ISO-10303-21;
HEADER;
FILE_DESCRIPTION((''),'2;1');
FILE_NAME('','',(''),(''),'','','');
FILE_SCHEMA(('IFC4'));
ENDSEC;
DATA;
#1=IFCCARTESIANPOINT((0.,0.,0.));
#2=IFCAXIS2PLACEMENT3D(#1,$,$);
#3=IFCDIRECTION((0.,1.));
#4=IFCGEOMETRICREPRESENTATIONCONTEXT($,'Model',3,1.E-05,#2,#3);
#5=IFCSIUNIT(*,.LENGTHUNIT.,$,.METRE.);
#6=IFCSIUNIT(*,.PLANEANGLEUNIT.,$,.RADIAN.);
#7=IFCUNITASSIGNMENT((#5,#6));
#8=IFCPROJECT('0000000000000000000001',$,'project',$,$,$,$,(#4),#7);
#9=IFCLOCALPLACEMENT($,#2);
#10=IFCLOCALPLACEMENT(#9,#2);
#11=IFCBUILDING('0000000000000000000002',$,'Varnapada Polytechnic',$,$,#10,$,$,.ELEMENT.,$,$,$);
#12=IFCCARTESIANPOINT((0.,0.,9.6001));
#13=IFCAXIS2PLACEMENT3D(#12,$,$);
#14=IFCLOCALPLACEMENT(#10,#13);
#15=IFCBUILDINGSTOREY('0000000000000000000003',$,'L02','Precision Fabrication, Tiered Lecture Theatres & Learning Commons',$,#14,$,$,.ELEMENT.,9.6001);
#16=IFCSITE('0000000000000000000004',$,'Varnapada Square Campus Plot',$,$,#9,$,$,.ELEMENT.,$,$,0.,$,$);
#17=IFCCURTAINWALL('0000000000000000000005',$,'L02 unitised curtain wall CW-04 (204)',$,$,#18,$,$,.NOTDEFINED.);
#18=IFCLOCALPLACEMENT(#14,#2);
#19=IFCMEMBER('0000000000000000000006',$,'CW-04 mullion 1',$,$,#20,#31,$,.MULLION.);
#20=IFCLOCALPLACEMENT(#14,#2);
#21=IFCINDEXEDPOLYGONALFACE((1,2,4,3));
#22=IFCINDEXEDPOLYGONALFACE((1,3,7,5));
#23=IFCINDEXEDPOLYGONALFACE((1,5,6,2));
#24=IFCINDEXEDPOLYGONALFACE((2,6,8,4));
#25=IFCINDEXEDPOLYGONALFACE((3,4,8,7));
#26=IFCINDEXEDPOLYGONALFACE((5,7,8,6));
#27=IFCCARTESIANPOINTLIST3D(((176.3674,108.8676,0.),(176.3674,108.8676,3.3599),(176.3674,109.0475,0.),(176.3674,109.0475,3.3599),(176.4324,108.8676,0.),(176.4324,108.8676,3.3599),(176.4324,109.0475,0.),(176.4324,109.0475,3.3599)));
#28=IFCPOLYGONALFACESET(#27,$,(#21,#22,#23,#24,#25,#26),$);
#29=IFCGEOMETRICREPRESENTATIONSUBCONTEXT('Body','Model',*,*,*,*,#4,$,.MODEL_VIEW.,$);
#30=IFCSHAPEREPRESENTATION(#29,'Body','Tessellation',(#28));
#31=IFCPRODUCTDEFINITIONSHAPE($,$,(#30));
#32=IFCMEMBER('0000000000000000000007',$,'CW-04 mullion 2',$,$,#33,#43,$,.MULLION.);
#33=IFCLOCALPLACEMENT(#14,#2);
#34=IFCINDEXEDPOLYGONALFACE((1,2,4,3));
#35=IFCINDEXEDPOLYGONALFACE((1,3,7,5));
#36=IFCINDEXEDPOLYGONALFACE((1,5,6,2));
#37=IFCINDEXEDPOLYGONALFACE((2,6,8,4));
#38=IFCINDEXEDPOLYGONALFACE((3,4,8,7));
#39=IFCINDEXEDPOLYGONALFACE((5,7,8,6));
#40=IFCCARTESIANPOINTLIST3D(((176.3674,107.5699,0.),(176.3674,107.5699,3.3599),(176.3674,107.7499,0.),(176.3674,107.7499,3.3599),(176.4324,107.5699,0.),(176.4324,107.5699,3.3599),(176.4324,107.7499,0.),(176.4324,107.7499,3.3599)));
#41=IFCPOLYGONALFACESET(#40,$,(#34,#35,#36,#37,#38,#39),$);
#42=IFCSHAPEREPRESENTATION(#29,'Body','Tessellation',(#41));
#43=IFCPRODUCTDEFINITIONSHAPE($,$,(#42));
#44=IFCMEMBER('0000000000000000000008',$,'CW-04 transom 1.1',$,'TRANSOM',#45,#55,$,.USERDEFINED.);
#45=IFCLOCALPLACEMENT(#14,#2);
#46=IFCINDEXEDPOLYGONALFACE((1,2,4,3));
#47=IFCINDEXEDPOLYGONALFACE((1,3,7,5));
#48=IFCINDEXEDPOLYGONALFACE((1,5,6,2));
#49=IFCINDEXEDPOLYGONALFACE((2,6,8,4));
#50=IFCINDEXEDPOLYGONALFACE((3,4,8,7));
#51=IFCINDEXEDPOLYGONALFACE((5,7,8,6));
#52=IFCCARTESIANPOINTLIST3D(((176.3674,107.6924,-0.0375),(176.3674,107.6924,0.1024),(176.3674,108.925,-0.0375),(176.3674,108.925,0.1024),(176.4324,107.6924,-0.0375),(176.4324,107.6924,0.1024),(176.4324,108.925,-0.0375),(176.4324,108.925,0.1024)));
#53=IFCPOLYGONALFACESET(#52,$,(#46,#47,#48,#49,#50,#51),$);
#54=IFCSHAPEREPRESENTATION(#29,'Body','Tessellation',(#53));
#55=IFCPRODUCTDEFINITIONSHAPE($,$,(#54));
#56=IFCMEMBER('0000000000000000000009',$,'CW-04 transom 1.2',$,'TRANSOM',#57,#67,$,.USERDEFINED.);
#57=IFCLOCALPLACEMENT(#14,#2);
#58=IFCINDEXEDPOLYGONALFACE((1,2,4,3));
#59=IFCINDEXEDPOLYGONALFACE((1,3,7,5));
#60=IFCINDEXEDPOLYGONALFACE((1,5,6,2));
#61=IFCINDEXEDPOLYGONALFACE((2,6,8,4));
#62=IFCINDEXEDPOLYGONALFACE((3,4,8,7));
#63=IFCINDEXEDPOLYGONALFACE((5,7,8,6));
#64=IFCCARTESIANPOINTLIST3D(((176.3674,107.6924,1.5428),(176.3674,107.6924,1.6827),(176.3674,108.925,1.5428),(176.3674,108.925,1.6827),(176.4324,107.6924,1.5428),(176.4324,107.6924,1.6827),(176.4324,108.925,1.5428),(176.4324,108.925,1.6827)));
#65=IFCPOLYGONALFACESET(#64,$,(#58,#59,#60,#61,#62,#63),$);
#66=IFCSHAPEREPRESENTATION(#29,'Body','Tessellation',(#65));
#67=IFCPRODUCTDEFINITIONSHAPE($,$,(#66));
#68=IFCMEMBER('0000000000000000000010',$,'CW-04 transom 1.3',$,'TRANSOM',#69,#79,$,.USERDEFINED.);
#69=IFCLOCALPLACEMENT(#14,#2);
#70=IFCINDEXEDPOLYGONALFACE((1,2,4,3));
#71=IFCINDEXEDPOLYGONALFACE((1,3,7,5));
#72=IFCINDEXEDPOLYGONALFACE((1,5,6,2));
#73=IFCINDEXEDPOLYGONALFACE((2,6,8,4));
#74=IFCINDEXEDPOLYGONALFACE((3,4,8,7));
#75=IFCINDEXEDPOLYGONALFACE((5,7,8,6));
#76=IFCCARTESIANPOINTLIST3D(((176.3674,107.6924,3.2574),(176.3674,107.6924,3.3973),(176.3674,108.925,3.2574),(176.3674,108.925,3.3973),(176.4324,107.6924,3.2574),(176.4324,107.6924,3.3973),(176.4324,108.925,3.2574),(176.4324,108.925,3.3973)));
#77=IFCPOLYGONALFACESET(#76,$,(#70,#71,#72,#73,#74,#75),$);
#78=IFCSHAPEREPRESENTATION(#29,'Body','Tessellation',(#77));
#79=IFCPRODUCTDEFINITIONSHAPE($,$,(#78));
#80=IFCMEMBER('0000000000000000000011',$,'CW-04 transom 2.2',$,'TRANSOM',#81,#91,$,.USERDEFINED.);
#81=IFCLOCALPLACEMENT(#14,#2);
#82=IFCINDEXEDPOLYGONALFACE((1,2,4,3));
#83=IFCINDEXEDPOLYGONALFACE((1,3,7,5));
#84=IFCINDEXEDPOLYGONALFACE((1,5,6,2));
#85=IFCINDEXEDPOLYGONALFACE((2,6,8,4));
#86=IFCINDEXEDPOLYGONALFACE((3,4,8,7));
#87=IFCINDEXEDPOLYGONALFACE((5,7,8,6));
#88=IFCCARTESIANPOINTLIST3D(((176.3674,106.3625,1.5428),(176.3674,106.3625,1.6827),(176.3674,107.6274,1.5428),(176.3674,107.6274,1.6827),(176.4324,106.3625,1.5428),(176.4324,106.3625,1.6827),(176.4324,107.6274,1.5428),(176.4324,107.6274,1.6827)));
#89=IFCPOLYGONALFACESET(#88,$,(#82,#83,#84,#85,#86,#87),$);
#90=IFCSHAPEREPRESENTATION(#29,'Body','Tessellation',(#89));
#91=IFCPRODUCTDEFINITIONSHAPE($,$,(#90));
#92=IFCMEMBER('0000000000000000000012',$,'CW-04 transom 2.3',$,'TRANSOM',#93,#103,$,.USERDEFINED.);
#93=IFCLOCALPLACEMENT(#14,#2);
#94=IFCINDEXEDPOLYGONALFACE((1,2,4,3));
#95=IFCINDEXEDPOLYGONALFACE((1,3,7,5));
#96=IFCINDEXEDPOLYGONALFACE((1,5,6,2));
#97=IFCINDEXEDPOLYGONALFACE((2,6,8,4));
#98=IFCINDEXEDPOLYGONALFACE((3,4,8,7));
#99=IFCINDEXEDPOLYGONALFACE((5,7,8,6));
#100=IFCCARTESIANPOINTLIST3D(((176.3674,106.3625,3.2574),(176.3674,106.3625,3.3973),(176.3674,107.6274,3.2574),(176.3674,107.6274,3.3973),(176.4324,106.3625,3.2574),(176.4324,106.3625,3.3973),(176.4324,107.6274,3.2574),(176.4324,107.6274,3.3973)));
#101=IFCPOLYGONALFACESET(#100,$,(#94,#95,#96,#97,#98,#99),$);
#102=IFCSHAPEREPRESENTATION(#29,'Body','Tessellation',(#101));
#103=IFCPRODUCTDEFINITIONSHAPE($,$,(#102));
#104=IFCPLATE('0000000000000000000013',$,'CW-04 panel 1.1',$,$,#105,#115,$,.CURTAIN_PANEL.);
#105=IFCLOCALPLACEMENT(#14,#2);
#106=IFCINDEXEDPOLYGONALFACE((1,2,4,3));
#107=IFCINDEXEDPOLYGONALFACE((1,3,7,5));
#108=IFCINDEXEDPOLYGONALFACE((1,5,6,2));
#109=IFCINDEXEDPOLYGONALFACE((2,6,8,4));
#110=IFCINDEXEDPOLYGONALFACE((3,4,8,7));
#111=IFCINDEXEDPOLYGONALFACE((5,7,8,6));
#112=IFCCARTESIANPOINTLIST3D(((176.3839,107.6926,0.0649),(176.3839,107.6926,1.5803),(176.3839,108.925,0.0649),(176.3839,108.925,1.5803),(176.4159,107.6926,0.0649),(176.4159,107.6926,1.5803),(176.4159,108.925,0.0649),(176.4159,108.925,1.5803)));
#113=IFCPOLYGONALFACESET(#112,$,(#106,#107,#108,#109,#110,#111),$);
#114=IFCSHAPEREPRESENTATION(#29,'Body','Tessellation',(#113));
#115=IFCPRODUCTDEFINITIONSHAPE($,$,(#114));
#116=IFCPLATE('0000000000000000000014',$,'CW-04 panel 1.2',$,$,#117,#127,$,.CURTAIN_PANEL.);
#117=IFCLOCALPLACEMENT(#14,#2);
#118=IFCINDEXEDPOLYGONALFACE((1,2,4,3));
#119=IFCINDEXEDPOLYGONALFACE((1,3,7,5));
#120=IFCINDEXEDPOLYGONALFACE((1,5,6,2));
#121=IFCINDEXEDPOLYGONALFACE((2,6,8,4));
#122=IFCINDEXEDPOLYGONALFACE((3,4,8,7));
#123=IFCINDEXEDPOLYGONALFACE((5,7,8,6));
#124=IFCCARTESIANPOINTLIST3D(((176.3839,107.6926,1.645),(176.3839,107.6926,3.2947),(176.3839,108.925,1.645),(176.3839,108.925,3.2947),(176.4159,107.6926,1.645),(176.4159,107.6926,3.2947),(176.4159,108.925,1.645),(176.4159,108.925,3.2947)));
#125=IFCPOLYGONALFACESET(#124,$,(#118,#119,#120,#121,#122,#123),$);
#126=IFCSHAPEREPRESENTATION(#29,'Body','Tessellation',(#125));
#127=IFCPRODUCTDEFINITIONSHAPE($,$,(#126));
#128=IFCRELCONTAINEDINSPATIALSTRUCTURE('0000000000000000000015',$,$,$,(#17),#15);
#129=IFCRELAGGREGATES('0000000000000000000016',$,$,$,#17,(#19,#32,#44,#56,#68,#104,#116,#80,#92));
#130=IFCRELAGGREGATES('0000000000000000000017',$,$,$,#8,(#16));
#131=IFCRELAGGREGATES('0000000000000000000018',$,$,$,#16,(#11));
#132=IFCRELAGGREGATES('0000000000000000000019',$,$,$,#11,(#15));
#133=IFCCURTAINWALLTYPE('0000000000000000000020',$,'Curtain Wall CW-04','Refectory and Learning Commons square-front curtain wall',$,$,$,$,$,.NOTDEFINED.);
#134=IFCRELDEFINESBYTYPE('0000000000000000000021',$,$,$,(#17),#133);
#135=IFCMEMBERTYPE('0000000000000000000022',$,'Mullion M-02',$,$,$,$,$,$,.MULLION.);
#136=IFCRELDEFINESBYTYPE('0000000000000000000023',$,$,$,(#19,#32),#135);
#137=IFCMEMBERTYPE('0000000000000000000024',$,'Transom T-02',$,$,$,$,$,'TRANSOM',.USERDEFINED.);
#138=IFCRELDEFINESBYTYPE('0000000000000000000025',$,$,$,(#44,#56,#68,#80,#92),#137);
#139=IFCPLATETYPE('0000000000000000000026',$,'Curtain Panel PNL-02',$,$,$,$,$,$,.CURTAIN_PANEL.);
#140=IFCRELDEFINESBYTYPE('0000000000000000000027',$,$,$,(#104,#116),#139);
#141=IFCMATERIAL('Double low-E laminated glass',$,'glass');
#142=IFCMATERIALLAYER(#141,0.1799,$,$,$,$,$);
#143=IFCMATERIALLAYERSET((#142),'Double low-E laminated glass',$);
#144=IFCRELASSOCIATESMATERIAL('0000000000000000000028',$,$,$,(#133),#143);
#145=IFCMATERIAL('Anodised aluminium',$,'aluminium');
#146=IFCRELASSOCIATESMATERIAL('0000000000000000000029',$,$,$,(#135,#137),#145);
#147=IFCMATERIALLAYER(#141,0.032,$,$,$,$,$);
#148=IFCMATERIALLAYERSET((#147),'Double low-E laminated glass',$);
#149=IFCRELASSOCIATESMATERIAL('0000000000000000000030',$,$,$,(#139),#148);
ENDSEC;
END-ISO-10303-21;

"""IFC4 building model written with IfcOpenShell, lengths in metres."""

from ifc_helpers import new_model, si_unit, direction, frame, origin, origin_2d, place, context, subcontext, project, spatial, rectangle, extrude, material, layer, layer_set, material_profile, profile_set, type_object, element, aggregate, save


model = new_model("IFC4")

# Units and contexts
model_context = context("Model", 3, precision=1e-05, world=origin(), true_north=direction((0.0, 1.0)))
body_context = subcontext(model_context, "Body", "Model", "MODEL_VIEW")
ifc_project = project(units=[si_unit("LENGTHUNIT", "METRE"), si_unit("PLANEANGLEUNIT", "RADIAN")], contexts=[model_context])

# Site, building, storey
site_placement = place(None, origin())
site = spatial("IfcSite", under=ifc_project, at=site_placement, Name="Varnapada Square Campus Plot", CompositionType="ELEMENT", RefElevation=0.0)
building_placement = place(site_placement, origin())
building = spatial("IfcBuilding", under=site, at=building_placement, Name="Varnapada Polytechnic", CompositionType="ELEMENT")
storey_placement = place(building_placement, frame((0.0, 0.0, 9.6001)))
storey = spatial("IfcBuildingStorey", under=building, at=storey_placement, Name="L02", Description="Precision Fabrication, Tiered Lecture Theatres & Learning Commons", CompositionType="ELEMENT", Elevation=9.6001)

# Curtain wall, members, plates
ifc_material_1 = material(Name="Double low-E laminated glass", Category="glass")
ifc_layer_1 = layer(ifc_material_1, 0.1799)
ifc_layer_set_1 = layer_set([ifc_layer_1], Name="Double low-E laminated glass")
curtain_wall_type = type_object("IfcCurtainWallType", Name="Curtain Wall CW-04", Description="Refectory and Learning Commons square-front curtain wall", PredefinedType="NOTDEFINED", material=ifc_layer_set_1)
curtain_wall_placement = place(storey_placement, origin())
curtain_wall = element("IfcCurtainWall", 1, at=curtain_wall_placement, inside=storey, type_object=curtain_wall_type, Name="L02 unitised curtain wall CW-04 (204)", PredefinedType="NOTDEFINED")
ifc_material_2 = material(Name="Anodised aluminium", Category="aluminium")
ifc_material_profile_1 = material_profile(ifc_material_2, rectangle(XDim=0.0649, YDim=0.1799, at=origin_2d()), Name="ALU M65x180")
ifc_profile_set_1 = profile_set([ifc_material_profile_1], Name="Anodised aluminium")
member_type_1 = type_object("IfcMemberType", Name="Mullion M-02", PredefinedType="MULLION", material=ifc_profile_set_1)
member_1_placement = place(storey_placement, frame((176.3999, 108.9575, 0.0), z_axis=(0.0, 0.0, 1.0), x_axis=(1.0, 0.0, 0.0)))
member_1 = element("IfcMember", 2, at=member_1_placement, type_object=member_type_1, Name="CW-04 mullion 1", PredefinedType="MULLION", context=body_context, shape_type="SweptSolid", body=[
    extrude(rectangle(XDim=0.0649, YDim=0.1799, at=origin_2d()), origin(), (0.0, 0.0, 1.0), 3.3599),
])
member_2_placement = place(storey_placement, frame((176.3999, 107.6599, 0.0), z_axis=(0.0, 0.0, 1.0), x_axis=(1.0, 0.0, 0.0)))
member_2 = element("IfcMember", 3, at=member_2_placement, type_object=member_type_1, Name="CW-04 mullion 2", PredefinedType="MULLION", context=body_context, shape_type="SweptSolid", body=[
    extrude(rectangle(XDim=0.0649, YDim=0.1799, at=origin_2d()), origin(), (0.0, 0.0, 1.0), 3.3599),
])
ifc_material_profile_2 = material_profile(ifc_material_2, rectangle(XDim=0.0649, YDim=0.1399, at=origin_2d()), Name="ALU T65x140")
ifc_profile_set_2 = profile_set([ifc_material_profile_2], Name="Anodised aluminium")
member_type_2 = type_object("IfcMemberType", Name="Transom T-02", ElementType="TRANSOM", PredefinedType="USERDEFINED", material=ifc_profile_set_2)
member_3_placement = place(storey_placement, frame((176.3999, 108.925, 0.0325), z_axis=(0.0, -1.0, 0.0), x_axis=(1.0, 0.0, 0.0)))
member_3 = element("IfcMember", 4, at=member_3_placement, type_object=member_type_2, Name="CW-04 transom 1.1", ObjectType="TRANSOM", PredefinedType="USERDEFINED", context=body_context, shape_type="SweptSolid", body=[
    extrude(rectangle(XDim=0.0649, YDim=0.1399, at=origin_2d()), origin(), (0.0, 0.0, 1.0), 1.2327),
])
member_4_placement = place(storey_placement, frame((176.3999, 108.925, 1.6128), z_axis=(0.0, -1.0, 0.0), x_axis=(1.0, 0.0, 0.0)))
member_4 = element("IfcMember", 5, at=member_4_placement, type_object=member_type_2, Name="CW-04 transom 1.2", ObjectType="TRANSOM", PredefinedType="USERDEFINED", context=body_context, shape_type="SweptSolid", body=[
    extrude(rectangle(XDim=0.0649, YDim=0.1399, at=origin_2d()), origin(), (0.0, 0.0, 1.0), 1.2327),
])
member_5_placement = place(storey_placement, frame((176.3999, 108.925, 3.3274), z_axis=(0.0, -1.0, 0.0), x_axis=(1.0, 0.0, 0.0)))
member_5 = element("IfcMember", 6, at=member_5_placement, type_object=member_type_2, Name="CW-04 transom 1.3", ObjectType="TRANSOM", PredefinedType="USERDEFINED", context=body_context, shape_type="SweptSolid", body=[
    extrude(rectangle(XDim=0.0649, YDim=0.1399, at=origin_2d()), origin(), (0.0, 0.0, 1.0), 1.2327),
])
member_6_placement = place(storey_placement, frame((176.3999, 107.6274, 1.6128), z_axis=(0.0, -1.0, 0.0), x_axis=(1.0, 0.0, 0.0)))
member_6 = element("IfcMember", 7, at=member_6_placement, type_object=member_type_2, Name="CW-04 transom 2.2", ObjectType="TRANSOM", PredefinedType="USERDEFINED", context=body_context, shape_type="SweptSolid", body=[
    extrude(rectangle(XDim=0.0649, YDim=0.1399, at=origin_2d()), origin(), (0.0, 0.0, 1.0), 1.2649),
])
member_7_placement = place(storey_placement, frame((176.3999, 107.6274, 3.3274), z_axis=(0.0, -1.0, 0.0), x_axis=(1.0, 0.0, 0.0)))
member_7 = element("IfcMember", 8, at=member_7_placement, type_object=member_type_2, Name="CW-04 transom 2.3", ObjectType="TRANSOM", PredefinedType="USERDEFINED", context=body_context, shape_type="SweptSolid", body=[
    extrude(rectangle(XDim=0.0649, YDim=0.1399, at=origin_2d()), origin(), (0.0, 0.0, 1.0), 1.2649),
])
ifc_layer_2 = layer(ifc_material_1, 0.032)
ifc_layer_set_2 = layer_set([ifc_layer_2], Name="Double low-E laminated glass")
plate_type = type_object("IfcPlateType", Name="Curtain Panel PNL-02", PredefinedType="CURTAIN_PANEL", material=ifc_layer_set_2)
plate_1_placement = place(storey_placement, frame((176.3999, 108.3088, 0.0649), z_axis=(0.0, 0.0, 1.0), x_axis=(0.0, -1.0, 0.0)))
plate_1 = element("IfcPlate", 9, at=plate_1_placement, type_object=plate_type, Name="CW-04 panel 1.1", PredefinedType="CURTAIN_PANEL", context=body_context, shape_type="SweptSolid", body=[
    extrude(rectangle(XDim=1.2324, YDim=0.032, at=origin_2d()), origin(), (0.0, 0.0, 1.0), 1.5154),
])
plate_2_placement = place(storey_placement, frame((176.3999, 108.3088, 1.645), z_axis=(0.0, 0.0, 1.0), x_axis=(0.0, -1.0, 0.0)))
plate_2 = element("IfcPlate", 10, at=plate_2_placement, type_object=plate_type, Name="CW-04 panel 1.2", PredefinedType="CURTAIN_PANEL", context=body_context, shape_type="SweptSolid", body=[
    extrude(rectangle(XDim=1.2324, YDim=0.032, at=origin_2d()), origin(), (0.0, 0.0, 1.0), 1.6497),
])
aggregate(curtain_wall, [member_1, member_2, member_3, member_4, member_5, plate_1, plate_2, member_6, member_7])

save(model, "model.ifc")
